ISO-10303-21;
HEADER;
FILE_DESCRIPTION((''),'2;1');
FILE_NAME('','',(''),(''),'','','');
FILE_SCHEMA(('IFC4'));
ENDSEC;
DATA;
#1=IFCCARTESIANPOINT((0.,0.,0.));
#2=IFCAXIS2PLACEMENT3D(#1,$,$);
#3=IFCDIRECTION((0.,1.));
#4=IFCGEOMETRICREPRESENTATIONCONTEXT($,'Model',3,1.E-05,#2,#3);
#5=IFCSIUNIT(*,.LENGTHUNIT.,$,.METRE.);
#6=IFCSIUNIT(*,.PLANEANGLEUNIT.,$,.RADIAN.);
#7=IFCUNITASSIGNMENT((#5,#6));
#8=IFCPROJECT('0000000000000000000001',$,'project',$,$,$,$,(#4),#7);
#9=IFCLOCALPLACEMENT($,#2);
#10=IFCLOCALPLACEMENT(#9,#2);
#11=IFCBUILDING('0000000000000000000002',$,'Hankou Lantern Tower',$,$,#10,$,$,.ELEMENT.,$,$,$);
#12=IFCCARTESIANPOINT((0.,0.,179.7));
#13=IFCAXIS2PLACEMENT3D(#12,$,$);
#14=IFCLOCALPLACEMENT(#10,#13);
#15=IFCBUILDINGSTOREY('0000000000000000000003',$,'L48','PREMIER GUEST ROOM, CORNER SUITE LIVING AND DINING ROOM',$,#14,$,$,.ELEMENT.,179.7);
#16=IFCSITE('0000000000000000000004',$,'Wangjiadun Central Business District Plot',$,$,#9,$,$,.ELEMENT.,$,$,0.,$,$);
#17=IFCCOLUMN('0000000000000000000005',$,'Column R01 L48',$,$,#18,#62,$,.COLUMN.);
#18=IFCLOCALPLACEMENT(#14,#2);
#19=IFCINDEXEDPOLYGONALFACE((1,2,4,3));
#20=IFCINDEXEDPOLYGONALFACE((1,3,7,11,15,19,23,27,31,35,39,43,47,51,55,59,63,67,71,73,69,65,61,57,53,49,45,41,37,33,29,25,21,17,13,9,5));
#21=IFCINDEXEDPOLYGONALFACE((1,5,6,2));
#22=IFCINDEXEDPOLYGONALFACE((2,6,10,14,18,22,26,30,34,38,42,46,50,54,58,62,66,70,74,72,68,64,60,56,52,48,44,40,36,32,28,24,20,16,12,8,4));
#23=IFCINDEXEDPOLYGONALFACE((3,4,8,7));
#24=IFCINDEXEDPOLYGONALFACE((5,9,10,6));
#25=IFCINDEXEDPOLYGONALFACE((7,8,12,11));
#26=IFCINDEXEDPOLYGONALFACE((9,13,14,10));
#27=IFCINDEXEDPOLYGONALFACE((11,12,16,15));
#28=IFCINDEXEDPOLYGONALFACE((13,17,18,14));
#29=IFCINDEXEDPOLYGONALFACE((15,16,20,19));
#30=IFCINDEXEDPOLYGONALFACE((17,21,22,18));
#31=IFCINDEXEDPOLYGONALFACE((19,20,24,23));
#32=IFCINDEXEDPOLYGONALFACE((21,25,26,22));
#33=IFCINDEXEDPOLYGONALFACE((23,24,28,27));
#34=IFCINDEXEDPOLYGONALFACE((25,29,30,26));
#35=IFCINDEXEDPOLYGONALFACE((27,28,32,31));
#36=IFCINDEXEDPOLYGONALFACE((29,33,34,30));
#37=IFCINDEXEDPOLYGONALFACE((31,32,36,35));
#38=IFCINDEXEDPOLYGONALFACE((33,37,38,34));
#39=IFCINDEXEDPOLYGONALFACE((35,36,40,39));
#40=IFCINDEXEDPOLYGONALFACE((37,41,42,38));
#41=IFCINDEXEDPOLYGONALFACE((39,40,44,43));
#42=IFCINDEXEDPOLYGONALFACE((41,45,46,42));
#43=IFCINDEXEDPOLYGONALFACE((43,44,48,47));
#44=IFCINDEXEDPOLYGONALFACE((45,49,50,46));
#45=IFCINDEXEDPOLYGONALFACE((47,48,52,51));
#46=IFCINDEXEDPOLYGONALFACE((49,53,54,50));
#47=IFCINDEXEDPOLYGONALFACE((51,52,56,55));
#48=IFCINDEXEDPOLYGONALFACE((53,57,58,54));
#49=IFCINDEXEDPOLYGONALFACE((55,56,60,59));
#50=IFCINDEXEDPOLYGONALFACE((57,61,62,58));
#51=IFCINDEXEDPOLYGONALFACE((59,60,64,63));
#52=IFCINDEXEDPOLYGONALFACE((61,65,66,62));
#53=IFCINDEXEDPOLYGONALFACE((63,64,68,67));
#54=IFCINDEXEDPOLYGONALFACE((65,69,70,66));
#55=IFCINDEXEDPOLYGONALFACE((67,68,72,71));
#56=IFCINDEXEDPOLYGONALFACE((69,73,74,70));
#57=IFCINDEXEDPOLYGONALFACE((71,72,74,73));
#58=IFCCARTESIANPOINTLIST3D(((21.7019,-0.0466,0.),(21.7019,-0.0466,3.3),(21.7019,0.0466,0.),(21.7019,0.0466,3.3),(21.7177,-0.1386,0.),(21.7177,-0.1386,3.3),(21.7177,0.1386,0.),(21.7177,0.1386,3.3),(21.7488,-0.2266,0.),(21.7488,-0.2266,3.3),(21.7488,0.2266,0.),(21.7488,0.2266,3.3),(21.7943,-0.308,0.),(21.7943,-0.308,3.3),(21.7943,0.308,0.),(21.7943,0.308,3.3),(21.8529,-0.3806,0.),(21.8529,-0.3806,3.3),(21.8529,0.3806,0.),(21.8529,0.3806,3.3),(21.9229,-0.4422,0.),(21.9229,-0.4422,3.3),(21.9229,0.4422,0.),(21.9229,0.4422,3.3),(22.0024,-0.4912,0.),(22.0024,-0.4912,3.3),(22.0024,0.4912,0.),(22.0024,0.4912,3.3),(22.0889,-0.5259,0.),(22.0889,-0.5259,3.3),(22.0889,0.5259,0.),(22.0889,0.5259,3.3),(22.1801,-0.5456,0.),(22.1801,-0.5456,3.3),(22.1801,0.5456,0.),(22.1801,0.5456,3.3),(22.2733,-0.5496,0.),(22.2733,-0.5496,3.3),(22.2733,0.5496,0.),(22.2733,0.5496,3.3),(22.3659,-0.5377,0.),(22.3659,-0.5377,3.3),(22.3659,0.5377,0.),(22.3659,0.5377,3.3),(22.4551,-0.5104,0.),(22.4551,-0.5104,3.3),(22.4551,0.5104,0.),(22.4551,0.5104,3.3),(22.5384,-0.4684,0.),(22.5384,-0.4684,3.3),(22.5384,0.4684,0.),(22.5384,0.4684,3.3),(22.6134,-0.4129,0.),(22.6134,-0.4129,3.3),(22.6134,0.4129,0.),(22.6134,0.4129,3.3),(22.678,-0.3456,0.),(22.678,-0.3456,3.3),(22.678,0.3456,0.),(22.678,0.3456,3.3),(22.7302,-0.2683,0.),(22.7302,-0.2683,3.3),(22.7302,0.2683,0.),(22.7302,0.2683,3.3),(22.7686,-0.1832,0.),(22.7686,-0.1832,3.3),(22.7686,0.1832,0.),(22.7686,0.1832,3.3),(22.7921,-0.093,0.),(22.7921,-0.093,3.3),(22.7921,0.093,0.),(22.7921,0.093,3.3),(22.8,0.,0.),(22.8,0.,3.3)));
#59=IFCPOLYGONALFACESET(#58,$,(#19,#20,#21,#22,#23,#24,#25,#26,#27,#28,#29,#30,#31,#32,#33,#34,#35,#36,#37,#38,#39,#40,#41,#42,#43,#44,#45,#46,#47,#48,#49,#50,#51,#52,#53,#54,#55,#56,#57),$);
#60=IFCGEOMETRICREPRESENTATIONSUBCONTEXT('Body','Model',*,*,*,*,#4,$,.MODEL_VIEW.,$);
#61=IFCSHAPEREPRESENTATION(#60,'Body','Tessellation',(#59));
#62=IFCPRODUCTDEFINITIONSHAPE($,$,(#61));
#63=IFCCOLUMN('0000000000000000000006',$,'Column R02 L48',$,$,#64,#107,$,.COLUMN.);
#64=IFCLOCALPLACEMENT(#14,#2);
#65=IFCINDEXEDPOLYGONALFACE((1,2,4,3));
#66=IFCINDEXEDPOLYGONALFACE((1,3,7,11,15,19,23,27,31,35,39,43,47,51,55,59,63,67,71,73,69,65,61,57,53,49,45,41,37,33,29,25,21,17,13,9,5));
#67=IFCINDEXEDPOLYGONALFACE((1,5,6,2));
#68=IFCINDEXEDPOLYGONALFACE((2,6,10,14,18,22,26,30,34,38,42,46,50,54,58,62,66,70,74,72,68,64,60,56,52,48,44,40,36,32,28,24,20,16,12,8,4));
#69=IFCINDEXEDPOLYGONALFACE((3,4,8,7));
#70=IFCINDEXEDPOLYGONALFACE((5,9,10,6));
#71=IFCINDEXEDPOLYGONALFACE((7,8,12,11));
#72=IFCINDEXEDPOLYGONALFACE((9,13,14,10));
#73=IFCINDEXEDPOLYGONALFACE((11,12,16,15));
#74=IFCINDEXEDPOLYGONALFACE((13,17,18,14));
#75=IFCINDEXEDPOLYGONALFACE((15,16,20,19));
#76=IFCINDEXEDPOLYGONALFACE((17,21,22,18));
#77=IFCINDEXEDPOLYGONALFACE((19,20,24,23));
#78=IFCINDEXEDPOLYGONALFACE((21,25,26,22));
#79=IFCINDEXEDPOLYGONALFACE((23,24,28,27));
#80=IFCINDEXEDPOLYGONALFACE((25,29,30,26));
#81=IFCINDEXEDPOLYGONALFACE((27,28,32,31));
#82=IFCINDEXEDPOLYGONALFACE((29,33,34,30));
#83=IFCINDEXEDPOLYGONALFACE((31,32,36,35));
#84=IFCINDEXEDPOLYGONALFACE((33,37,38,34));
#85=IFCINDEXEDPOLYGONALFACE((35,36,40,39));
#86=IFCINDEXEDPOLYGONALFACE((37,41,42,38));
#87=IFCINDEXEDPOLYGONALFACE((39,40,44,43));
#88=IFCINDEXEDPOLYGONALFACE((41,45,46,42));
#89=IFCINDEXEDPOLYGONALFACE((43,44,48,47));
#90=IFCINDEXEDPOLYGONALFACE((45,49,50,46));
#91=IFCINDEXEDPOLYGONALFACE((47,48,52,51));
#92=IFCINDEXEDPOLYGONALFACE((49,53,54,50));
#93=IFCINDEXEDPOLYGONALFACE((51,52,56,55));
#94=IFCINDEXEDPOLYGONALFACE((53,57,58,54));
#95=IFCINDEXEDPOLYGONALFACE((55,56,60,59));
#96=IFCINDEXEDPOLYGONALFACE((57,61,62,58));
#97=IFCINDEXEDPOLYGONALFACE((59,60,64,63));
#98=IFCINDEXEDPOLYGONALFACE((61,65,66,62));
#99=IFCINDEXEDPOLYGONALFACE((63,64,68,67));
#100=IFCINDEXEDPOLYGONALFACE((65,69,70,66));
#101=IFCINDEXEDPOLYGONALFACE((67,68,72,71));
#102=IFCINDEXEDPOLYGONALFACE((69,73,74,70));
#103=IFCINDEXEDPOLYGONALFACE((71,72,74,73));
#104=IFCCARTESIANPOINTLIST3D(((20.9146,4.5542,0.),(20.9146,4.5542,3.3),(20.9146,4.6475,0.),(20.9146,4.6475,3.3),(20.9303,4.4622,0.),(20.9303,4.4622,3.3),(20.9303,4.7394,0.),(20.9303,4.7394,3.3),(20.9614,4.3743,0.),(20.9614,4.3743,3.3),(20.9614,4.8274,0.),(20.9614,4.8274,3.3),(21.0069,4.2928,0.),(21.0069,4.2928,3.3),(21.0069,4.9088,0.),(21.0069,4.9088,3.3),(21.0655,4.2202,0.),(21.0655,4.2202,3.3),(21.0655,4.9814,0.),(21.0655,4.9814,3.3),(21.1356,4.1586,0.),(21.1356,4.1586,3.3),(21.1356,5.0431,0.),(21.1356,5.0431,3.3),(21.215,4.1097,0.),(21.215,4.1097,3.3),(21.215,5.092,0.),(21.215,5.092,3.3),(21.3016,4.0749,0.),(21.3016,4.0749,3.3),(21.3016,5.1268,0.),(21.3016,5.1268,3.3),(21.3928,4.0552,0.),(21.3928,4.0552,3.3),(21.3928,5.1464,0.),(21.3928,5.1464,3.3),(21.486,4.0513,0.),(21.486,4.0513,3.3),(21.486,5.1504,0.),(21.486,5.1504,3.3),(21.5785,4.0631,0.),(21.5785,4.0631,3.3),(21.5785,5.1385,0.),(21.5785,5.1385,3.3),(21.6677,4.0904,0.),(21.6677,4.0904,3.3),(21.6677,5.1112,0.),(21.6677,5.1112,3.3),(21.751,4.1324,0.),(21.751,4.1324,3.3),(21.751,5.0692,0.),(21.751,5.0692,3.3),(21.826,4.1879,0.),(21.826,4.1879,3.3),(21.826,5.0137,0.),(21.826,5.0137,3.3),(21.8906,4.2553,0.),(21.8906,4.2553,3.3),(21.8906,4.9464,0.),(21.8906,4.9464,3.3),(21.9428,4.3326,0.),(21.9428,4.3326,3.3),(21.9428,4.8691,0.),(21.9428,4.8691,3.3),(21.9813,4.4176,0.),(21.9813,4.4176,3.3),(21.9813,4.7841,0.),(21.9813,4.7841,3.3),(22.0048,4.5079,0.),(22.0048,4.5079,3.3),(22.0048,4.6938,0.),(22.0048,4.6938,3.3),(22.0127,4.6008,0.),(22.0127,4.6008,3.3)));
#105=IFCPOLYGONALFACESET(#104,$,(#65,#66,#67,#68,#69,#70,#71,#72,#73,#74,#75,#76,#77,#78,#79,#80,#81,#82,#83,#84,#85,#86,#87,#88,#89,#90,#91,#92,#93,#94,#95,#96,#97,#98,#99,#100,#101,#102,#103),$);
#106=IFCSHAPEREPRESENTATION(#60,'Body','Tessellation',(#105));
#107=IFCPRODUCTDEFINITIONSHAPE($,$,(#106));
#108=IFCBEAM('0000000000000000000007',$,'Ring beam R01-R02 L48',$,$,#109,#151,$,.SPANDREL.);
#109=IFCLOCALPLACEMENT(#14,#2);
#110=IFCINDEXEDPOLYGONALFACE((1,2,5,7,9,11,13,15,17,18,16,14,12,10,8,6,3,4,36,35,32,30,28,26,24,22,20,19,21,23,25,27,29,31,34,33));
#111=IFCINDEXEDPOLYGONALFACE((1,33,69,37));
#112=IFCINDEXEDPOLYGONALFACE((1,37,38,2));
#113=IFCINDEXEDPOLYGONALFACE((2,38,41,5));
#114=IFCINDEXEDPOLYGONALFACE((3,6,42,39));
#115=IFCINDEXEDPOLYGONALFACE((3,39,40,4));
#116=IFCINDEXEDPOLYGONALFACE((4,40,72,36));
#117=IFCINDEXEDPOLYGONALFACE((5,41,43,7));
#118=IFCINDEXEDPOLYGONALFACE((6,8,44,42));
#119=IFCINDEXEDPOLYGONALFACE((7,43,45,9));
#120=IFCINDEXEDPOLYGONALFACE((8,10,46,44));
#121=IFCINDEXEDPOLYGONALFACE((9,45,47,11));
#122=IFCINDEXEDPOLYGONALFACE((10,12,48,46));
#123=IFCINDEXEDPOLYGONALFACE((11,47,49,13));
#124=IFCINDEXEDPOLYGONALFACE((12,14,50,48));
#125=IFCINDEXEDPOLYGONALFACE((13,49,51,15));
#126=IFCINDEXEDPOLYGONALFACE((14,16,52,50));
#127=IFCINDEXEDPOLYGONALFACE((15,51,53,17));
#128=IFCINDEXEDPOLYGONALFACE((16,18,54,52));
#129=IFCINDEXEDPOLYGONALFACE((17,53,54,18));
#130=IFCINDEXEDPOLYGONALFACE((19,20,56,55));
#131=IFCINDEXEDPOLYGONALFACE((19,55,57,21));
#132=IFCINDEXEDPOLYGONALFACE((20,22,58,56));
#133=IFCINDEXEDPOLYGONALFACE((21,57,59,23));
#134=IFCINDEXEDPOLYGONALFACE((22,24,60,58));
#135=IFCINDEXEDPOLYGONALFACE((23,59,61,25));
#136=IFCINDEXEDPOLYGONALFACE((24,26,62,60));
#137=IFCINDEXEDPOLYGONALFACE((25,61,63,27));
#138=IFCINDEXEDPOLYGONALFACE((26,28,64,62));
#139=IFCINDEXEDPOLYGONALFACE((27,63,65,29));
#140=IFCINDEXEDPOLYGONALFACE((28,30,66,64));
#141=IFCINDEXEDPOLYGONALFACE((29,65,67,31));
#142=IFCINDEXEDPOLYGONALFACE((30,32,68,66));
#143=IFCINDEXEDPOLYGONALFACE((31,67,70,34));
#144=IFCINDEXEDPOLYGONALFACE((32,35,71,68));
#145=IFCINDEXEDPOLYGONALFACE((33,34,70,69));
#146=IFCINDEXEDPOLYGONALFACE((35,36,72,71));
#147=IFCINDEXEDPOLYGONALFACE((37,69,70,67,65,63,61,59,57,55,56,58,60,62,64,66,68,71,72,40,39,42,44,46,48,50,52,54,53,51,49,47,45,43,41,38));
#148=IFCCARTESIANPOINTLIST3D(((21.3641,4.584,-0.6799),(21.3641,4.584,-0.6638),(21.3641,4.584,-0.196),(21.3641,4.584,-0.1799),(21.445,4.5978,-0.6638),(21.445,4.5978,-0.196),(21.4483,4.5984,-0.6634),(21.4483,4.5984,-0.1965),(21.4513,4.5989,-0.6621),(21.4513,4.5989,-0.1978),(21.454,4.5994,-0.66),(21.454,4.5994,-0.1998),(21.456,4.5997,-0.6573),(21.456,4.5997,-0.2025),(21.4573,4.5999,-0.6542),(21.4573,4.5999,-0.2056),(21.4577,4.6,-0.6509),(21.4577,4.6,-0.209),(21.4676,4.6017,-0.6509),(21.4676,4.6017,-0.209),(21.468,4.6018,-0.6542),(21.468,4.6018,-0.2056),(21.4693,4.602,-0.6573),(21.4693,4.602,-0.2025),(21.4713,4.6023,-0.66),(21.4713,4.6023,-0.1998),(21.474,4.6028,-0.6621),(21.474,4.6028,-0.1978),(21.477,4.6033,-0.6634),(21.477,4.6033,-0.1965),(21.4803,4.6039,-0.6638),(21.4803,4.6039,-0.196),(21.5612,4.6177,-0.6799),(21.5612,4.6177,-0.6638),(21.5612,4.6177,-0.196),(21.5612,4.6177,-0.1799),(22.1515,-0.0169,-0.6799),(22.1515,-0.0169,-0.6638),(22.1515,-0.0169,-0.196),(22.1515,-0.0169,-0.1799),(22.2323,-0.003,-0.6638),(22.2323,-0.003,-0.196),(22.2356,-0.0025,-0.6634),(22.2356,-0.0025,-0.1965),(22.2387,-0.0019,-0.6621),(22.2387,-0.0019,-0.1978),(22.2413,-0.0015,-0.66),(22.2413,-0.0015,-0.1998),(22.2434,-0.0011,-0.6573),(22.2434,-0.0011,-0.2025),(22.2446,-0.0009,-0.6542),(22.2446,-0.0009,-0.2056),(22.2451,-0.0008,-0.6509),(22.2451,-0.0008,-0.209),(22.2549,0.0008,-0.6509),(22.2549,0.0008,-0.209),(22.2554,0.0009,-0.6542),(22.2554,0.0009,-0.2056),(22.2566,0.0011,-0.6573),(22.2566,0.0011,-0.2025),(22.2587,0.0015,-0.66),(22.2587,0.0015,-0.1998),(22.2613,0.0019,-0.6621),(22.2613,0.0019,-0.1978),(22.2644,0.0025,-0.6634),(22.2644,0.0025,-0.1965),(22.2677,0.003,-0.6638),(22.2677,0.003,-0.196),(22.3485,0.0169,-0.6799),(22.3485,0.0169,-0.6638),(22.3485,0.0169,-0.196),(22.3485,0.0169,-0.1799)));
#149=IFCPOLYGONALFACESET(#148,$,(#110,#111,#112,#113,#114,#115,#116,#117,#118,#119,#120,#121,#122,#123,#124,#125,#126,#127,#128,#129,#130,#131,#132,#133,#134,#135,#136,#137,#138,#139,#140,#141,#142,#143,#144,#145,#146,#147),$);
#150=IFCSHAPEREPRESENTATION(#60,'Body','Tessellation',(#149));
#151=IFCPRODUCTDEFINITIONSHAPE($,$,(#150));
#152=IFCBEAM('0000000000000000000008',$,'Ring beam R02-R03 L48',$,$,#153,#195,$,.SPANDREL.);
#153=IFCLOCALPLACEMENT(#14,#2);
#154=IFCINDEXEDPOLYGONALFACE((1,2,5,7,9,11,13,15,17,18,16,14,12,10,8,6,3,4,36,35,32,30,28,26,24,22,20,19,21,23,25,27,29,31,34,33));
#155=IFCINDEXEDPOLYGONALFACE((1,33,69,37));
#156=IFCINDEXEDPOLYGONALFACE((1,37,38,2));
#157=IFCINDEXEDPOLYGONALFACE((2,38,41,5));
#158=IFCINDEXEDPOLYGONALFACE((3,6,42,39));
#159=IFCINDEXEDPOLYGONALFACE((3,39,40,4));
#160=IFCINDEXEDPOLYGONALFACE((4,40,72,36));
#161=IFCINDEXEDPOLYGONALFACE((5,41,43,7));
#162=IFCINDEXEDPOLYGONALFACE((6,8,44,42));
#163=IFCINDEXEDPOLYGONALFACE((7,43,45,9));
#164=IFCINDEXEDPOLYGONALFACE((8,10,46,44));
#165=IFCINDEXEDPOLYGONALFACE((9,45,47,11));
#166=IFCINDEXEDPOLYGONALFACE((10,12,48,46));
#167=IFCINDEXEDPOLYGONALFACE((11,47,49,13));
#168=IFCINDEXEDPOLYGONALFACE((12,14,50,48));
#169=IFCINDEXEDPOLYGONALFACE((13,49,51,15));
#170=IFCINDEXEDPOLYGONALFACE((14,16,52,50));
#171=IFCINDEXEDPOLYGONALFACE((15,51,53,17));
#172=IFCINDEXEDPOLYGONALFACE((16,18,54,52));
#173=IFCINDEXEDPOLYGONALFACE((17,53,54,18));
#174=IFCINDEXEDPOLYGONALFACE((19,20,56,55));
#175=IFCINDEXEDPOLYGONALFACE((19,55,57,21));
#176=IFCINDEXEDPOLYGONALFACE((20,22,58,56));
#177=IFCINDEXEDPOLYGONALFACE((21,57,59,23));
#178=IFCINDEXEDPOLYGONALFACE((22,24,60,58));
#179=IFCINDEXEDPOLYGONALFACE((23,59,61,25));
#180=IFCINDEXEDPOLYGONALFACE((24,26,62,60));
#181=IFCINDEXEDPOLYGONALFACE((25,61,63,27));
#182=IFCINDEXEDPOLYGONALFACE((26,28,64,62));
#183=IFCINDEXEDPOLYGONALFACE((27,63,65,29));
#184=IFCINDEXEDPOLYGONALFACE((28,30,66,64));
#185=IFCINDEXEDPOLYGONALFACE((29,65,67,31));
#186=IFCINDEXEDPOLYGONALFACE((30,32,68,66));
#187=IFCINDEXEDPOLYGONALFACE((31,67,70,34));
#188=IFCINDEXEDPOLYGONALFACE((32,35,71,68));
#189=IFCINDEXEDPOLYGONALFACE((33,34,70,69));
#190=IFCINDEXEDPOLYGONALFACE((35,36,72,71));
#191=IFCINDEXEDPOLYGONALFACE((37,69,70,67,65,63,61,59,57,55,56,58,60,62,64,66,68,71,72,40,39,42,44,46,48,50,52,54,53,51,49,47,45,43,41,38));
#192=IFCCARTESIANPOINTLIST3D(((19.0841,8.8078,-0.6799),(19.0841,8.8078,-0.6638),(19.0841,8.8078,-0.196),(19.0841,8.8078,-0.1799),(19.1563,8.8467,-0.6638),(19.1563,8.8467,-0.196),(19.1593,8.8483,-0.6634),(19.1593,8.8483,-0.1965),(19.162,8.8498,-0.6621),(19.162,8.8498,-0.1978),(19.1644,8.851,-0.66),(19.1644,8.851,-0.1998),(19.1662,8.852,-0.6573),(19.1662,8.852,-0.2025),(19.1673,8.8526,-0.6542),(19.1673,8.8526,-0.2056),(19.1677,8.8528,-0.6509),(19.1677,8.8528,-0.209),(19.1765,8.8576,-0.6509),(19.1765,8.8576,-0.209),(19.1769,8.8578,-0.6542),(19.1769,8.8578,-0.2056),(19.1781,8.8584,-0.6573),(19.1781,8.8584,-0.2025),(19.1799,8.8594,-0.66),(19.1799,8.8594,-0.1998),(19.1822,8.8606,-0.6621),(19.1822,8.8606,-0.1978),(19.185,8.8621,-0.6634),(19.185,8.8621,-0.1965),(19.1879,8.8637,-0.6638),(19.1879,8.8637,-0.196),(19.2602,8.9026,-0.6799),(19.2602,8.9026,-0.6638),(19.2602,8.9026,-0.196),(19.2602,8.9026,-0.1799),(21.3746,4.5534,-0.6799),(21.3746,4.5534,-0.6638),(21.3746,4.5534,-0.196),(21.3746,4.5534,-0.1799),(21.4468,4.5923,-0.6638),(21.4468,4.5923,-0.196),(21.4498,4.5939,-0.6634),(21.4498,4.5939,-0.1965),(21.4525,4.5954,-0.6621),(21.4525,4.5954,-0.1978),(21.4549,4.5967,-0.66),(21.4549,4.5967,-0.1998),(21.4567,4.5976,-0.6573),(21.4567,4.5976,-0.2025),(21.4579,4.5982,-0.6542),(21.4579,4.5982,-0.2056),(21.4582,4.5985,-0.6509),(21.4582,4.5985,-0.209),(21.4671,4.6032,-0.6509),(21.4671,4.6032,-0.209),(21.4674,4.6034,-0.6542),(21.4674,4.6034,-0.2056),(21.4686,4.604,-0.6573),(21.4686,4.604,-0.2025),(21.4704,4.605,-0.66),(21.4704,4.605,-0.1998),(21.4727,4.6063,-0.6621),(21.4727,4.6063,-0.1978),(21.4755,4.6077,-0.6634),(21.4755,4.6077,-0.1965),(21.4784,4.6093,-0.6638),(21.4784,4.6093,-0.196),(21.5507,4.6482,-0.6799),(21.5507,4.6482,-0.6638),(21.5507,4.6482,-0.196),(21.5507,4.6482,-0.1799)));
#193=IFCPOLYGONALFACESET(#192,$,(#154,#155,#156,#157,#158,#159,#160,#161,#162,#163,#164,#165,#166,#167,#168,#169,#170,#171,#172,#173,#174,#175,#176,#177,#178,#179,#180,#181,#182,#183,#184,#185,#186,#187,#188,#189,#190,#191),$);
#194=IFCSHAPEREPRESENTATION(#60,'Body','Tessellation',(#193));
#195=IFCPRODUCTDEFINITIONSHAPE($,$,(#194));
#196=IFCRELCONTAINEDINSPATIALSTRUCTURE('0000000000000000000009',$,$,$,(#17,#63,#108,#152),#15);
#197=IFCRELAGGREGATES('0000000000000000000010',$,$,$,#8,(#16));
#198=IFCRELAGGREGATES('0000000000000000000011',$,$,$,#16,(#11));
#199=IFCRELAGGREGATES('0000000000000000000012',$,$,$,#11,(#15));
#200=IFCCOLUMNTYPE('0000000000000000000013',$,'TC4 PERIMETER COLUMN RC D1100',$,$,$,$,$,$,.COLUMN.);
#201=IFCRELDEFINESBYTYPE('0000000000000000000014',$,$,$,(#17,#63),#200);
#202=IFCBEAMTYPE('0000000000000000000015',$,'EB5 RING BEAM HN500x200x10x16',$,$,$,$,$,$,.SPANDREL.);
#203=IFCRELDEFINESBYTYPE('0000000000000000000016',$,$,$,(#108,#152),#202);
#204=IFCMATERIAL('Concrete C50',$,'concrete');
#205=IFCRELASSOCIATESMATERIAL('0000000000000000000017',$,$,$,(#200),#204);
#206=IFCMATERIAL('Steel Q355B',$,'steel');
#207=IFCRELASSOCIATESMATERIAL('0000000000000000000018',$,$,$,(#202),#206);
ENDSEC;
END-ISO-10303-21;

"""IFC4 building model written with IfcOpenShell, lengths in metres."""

from ifc_helpers import new_model, si_unit, direction, frame, origin, origin_2d, place, context, subcontext, project, spatial, circle, i_section, extrude, material, material_profile, profile_set, type_object, element, save


model = new_model("IFC4")

# Units and contexts
model_context = context("Model", 3, precision=1e-05, world=origin(), true_north=direction((0.0, 1.0)))
body_context = subcontext(model_context, "Body", "Model", "MODEL_VIEW")
ifc_project = project(units=[si_unit("LENGTHUNIT", "METRE"), si_unit("PLANEANGLEUNIT", "RADIAN")], contexts=[model_context])

# Site, building, storey
site_placement = place(None, origin())
site = spatial("IfcSite", under=ifc_project, at=site_placement, Name="Wangjiadun Central Business District Plot", CompositionType="ELEMENT", RefElevation=0.0)
building_placement = place(site_placement, origin())
building = spatial("IfcBuilding", under=site, at=building_placement, Name="Hankou Lantern Tower", CompositionType="ELEMENT")
storey_placement = place(building_placement, frame((0.0, 0.0, 179.7)))
storey = spatial("IfcBuildingStorey", under=building, at=storey_placement, Name="L48", Description="PREMIER GUEST ROOM, CORNER SUITE LIVING AND DINING ROOM", CompositionType="ELEMENT", Elevation=179.7)

# Columns
ifc_material_1 = material(Name="Concrete C50", Category="concrete")
ifc_material_profile_1 = material_profile(ifc_material_1, circle(Radius=0.55, at=origin_2d()), Name="RC D1100")
ifc_profile_set_1 = profile_set([ifc_material_profile_1], Name="Concrete C50")
column_type = type_object("IfcColumnType", Name="TC4 PERIMETER COLUMN RC D1100", PredefinedType="COLUMN", material=ifc_profile_set_1)
for number, where, z_axis, x_axis, name in (
    (1, (22.25, 0.0, 0.0), (0.0, 0.0, 1.0), (1.0, 0.0, 0.0), "Column R01 L48"),
    (2, (21.4626, 4.6008, 0.0), (0.0, 0.0, 1.0), (1.0, 0.0, 0.0), "Column R02 L48"),
):
    element("IfcColumn", number, at=place(storey_placement, frame(where, z_axis=z_axis, x_axis=x_axis)), inside=storey, type_object=column_type, Name=name, PredefinedType="COLUMN", context=body_context, shape_type="SweptSolid", body=[
        extrude(circle(Radius=0.55, at=origin_2d()), origin(), (0.0, 0.0, 1.0), 3.3),
    ])

# Beams
ifc_material_2 = material(Name="Steel Q355B", Category="steel")
ifc_material_profile_2 = material_profile(ifc_material_2, i_section(OverallWidth=0.2, OverallDepth=0.5, WebThickness=0.01, FlangeThickness=0.0161, FilletRadius=0.0129, at=origin_2d()), Name="HN500x200x10x16")
ifc_profile_set_2 = profile_set([ifc_material_profile_2], Name="Steel Q355B")
beam_type_1 = type_object("IfcBeamType", Name="EB5 RING BEAM HN500x200x10x16", PredefinedType="SPANDREL", material=ifc_profile_set_2)
beam_1_placement = place(storey_placement, frame((22.25, 0.0, -0.4299), z_axis=(-0.168681, 0.985671, 0.0), x_axis=(-0.985671, -0.168681, 0.0)))
element("IfcBeam", 3, at=beam_1_placement, inside=storey, type_object=beam_type_1, Name="Ring beam R01-R02 L48", PredefinedType="SPANDREL", context=body_context, shape_type="SweptSolid", body=[
    extrude(i_section(OverallWidth=0.2, OverallDepth=0.5, WebThickness=0.01, FlangeThickness=0.0161, FilletRadius=0.0129, at=origin_2d()), origin(), (0.0, 0.0, 1.0), 4.6677),
])
beam_2_placement = place(storey_placement, frame((21.4626, 4.6008, -0.4299), z_axis=(-0.474052, 0.880497, 0.0), x_axis=(-0.880497, -0.474052, 0.0)))
element("IfcBeam", 4, at=beam_2_placement, inside=storey, type_object=beam_type_1, Name="Ring beam R02-R03 L48", PredefinedType="SPANDREL", context=body_context, shape_type="SweptSolid", body=[
    extrude(i_section(OverallWidth=0.2, OverallDepth=0.5, WebThickness=0.01, FlangeThickness=0.0161, FilletRadius=0.0129, at=origin_2d()), origin(), (0.0, 0.0, 1.0), 4.8318),
])

save(model, "model.ifc")
